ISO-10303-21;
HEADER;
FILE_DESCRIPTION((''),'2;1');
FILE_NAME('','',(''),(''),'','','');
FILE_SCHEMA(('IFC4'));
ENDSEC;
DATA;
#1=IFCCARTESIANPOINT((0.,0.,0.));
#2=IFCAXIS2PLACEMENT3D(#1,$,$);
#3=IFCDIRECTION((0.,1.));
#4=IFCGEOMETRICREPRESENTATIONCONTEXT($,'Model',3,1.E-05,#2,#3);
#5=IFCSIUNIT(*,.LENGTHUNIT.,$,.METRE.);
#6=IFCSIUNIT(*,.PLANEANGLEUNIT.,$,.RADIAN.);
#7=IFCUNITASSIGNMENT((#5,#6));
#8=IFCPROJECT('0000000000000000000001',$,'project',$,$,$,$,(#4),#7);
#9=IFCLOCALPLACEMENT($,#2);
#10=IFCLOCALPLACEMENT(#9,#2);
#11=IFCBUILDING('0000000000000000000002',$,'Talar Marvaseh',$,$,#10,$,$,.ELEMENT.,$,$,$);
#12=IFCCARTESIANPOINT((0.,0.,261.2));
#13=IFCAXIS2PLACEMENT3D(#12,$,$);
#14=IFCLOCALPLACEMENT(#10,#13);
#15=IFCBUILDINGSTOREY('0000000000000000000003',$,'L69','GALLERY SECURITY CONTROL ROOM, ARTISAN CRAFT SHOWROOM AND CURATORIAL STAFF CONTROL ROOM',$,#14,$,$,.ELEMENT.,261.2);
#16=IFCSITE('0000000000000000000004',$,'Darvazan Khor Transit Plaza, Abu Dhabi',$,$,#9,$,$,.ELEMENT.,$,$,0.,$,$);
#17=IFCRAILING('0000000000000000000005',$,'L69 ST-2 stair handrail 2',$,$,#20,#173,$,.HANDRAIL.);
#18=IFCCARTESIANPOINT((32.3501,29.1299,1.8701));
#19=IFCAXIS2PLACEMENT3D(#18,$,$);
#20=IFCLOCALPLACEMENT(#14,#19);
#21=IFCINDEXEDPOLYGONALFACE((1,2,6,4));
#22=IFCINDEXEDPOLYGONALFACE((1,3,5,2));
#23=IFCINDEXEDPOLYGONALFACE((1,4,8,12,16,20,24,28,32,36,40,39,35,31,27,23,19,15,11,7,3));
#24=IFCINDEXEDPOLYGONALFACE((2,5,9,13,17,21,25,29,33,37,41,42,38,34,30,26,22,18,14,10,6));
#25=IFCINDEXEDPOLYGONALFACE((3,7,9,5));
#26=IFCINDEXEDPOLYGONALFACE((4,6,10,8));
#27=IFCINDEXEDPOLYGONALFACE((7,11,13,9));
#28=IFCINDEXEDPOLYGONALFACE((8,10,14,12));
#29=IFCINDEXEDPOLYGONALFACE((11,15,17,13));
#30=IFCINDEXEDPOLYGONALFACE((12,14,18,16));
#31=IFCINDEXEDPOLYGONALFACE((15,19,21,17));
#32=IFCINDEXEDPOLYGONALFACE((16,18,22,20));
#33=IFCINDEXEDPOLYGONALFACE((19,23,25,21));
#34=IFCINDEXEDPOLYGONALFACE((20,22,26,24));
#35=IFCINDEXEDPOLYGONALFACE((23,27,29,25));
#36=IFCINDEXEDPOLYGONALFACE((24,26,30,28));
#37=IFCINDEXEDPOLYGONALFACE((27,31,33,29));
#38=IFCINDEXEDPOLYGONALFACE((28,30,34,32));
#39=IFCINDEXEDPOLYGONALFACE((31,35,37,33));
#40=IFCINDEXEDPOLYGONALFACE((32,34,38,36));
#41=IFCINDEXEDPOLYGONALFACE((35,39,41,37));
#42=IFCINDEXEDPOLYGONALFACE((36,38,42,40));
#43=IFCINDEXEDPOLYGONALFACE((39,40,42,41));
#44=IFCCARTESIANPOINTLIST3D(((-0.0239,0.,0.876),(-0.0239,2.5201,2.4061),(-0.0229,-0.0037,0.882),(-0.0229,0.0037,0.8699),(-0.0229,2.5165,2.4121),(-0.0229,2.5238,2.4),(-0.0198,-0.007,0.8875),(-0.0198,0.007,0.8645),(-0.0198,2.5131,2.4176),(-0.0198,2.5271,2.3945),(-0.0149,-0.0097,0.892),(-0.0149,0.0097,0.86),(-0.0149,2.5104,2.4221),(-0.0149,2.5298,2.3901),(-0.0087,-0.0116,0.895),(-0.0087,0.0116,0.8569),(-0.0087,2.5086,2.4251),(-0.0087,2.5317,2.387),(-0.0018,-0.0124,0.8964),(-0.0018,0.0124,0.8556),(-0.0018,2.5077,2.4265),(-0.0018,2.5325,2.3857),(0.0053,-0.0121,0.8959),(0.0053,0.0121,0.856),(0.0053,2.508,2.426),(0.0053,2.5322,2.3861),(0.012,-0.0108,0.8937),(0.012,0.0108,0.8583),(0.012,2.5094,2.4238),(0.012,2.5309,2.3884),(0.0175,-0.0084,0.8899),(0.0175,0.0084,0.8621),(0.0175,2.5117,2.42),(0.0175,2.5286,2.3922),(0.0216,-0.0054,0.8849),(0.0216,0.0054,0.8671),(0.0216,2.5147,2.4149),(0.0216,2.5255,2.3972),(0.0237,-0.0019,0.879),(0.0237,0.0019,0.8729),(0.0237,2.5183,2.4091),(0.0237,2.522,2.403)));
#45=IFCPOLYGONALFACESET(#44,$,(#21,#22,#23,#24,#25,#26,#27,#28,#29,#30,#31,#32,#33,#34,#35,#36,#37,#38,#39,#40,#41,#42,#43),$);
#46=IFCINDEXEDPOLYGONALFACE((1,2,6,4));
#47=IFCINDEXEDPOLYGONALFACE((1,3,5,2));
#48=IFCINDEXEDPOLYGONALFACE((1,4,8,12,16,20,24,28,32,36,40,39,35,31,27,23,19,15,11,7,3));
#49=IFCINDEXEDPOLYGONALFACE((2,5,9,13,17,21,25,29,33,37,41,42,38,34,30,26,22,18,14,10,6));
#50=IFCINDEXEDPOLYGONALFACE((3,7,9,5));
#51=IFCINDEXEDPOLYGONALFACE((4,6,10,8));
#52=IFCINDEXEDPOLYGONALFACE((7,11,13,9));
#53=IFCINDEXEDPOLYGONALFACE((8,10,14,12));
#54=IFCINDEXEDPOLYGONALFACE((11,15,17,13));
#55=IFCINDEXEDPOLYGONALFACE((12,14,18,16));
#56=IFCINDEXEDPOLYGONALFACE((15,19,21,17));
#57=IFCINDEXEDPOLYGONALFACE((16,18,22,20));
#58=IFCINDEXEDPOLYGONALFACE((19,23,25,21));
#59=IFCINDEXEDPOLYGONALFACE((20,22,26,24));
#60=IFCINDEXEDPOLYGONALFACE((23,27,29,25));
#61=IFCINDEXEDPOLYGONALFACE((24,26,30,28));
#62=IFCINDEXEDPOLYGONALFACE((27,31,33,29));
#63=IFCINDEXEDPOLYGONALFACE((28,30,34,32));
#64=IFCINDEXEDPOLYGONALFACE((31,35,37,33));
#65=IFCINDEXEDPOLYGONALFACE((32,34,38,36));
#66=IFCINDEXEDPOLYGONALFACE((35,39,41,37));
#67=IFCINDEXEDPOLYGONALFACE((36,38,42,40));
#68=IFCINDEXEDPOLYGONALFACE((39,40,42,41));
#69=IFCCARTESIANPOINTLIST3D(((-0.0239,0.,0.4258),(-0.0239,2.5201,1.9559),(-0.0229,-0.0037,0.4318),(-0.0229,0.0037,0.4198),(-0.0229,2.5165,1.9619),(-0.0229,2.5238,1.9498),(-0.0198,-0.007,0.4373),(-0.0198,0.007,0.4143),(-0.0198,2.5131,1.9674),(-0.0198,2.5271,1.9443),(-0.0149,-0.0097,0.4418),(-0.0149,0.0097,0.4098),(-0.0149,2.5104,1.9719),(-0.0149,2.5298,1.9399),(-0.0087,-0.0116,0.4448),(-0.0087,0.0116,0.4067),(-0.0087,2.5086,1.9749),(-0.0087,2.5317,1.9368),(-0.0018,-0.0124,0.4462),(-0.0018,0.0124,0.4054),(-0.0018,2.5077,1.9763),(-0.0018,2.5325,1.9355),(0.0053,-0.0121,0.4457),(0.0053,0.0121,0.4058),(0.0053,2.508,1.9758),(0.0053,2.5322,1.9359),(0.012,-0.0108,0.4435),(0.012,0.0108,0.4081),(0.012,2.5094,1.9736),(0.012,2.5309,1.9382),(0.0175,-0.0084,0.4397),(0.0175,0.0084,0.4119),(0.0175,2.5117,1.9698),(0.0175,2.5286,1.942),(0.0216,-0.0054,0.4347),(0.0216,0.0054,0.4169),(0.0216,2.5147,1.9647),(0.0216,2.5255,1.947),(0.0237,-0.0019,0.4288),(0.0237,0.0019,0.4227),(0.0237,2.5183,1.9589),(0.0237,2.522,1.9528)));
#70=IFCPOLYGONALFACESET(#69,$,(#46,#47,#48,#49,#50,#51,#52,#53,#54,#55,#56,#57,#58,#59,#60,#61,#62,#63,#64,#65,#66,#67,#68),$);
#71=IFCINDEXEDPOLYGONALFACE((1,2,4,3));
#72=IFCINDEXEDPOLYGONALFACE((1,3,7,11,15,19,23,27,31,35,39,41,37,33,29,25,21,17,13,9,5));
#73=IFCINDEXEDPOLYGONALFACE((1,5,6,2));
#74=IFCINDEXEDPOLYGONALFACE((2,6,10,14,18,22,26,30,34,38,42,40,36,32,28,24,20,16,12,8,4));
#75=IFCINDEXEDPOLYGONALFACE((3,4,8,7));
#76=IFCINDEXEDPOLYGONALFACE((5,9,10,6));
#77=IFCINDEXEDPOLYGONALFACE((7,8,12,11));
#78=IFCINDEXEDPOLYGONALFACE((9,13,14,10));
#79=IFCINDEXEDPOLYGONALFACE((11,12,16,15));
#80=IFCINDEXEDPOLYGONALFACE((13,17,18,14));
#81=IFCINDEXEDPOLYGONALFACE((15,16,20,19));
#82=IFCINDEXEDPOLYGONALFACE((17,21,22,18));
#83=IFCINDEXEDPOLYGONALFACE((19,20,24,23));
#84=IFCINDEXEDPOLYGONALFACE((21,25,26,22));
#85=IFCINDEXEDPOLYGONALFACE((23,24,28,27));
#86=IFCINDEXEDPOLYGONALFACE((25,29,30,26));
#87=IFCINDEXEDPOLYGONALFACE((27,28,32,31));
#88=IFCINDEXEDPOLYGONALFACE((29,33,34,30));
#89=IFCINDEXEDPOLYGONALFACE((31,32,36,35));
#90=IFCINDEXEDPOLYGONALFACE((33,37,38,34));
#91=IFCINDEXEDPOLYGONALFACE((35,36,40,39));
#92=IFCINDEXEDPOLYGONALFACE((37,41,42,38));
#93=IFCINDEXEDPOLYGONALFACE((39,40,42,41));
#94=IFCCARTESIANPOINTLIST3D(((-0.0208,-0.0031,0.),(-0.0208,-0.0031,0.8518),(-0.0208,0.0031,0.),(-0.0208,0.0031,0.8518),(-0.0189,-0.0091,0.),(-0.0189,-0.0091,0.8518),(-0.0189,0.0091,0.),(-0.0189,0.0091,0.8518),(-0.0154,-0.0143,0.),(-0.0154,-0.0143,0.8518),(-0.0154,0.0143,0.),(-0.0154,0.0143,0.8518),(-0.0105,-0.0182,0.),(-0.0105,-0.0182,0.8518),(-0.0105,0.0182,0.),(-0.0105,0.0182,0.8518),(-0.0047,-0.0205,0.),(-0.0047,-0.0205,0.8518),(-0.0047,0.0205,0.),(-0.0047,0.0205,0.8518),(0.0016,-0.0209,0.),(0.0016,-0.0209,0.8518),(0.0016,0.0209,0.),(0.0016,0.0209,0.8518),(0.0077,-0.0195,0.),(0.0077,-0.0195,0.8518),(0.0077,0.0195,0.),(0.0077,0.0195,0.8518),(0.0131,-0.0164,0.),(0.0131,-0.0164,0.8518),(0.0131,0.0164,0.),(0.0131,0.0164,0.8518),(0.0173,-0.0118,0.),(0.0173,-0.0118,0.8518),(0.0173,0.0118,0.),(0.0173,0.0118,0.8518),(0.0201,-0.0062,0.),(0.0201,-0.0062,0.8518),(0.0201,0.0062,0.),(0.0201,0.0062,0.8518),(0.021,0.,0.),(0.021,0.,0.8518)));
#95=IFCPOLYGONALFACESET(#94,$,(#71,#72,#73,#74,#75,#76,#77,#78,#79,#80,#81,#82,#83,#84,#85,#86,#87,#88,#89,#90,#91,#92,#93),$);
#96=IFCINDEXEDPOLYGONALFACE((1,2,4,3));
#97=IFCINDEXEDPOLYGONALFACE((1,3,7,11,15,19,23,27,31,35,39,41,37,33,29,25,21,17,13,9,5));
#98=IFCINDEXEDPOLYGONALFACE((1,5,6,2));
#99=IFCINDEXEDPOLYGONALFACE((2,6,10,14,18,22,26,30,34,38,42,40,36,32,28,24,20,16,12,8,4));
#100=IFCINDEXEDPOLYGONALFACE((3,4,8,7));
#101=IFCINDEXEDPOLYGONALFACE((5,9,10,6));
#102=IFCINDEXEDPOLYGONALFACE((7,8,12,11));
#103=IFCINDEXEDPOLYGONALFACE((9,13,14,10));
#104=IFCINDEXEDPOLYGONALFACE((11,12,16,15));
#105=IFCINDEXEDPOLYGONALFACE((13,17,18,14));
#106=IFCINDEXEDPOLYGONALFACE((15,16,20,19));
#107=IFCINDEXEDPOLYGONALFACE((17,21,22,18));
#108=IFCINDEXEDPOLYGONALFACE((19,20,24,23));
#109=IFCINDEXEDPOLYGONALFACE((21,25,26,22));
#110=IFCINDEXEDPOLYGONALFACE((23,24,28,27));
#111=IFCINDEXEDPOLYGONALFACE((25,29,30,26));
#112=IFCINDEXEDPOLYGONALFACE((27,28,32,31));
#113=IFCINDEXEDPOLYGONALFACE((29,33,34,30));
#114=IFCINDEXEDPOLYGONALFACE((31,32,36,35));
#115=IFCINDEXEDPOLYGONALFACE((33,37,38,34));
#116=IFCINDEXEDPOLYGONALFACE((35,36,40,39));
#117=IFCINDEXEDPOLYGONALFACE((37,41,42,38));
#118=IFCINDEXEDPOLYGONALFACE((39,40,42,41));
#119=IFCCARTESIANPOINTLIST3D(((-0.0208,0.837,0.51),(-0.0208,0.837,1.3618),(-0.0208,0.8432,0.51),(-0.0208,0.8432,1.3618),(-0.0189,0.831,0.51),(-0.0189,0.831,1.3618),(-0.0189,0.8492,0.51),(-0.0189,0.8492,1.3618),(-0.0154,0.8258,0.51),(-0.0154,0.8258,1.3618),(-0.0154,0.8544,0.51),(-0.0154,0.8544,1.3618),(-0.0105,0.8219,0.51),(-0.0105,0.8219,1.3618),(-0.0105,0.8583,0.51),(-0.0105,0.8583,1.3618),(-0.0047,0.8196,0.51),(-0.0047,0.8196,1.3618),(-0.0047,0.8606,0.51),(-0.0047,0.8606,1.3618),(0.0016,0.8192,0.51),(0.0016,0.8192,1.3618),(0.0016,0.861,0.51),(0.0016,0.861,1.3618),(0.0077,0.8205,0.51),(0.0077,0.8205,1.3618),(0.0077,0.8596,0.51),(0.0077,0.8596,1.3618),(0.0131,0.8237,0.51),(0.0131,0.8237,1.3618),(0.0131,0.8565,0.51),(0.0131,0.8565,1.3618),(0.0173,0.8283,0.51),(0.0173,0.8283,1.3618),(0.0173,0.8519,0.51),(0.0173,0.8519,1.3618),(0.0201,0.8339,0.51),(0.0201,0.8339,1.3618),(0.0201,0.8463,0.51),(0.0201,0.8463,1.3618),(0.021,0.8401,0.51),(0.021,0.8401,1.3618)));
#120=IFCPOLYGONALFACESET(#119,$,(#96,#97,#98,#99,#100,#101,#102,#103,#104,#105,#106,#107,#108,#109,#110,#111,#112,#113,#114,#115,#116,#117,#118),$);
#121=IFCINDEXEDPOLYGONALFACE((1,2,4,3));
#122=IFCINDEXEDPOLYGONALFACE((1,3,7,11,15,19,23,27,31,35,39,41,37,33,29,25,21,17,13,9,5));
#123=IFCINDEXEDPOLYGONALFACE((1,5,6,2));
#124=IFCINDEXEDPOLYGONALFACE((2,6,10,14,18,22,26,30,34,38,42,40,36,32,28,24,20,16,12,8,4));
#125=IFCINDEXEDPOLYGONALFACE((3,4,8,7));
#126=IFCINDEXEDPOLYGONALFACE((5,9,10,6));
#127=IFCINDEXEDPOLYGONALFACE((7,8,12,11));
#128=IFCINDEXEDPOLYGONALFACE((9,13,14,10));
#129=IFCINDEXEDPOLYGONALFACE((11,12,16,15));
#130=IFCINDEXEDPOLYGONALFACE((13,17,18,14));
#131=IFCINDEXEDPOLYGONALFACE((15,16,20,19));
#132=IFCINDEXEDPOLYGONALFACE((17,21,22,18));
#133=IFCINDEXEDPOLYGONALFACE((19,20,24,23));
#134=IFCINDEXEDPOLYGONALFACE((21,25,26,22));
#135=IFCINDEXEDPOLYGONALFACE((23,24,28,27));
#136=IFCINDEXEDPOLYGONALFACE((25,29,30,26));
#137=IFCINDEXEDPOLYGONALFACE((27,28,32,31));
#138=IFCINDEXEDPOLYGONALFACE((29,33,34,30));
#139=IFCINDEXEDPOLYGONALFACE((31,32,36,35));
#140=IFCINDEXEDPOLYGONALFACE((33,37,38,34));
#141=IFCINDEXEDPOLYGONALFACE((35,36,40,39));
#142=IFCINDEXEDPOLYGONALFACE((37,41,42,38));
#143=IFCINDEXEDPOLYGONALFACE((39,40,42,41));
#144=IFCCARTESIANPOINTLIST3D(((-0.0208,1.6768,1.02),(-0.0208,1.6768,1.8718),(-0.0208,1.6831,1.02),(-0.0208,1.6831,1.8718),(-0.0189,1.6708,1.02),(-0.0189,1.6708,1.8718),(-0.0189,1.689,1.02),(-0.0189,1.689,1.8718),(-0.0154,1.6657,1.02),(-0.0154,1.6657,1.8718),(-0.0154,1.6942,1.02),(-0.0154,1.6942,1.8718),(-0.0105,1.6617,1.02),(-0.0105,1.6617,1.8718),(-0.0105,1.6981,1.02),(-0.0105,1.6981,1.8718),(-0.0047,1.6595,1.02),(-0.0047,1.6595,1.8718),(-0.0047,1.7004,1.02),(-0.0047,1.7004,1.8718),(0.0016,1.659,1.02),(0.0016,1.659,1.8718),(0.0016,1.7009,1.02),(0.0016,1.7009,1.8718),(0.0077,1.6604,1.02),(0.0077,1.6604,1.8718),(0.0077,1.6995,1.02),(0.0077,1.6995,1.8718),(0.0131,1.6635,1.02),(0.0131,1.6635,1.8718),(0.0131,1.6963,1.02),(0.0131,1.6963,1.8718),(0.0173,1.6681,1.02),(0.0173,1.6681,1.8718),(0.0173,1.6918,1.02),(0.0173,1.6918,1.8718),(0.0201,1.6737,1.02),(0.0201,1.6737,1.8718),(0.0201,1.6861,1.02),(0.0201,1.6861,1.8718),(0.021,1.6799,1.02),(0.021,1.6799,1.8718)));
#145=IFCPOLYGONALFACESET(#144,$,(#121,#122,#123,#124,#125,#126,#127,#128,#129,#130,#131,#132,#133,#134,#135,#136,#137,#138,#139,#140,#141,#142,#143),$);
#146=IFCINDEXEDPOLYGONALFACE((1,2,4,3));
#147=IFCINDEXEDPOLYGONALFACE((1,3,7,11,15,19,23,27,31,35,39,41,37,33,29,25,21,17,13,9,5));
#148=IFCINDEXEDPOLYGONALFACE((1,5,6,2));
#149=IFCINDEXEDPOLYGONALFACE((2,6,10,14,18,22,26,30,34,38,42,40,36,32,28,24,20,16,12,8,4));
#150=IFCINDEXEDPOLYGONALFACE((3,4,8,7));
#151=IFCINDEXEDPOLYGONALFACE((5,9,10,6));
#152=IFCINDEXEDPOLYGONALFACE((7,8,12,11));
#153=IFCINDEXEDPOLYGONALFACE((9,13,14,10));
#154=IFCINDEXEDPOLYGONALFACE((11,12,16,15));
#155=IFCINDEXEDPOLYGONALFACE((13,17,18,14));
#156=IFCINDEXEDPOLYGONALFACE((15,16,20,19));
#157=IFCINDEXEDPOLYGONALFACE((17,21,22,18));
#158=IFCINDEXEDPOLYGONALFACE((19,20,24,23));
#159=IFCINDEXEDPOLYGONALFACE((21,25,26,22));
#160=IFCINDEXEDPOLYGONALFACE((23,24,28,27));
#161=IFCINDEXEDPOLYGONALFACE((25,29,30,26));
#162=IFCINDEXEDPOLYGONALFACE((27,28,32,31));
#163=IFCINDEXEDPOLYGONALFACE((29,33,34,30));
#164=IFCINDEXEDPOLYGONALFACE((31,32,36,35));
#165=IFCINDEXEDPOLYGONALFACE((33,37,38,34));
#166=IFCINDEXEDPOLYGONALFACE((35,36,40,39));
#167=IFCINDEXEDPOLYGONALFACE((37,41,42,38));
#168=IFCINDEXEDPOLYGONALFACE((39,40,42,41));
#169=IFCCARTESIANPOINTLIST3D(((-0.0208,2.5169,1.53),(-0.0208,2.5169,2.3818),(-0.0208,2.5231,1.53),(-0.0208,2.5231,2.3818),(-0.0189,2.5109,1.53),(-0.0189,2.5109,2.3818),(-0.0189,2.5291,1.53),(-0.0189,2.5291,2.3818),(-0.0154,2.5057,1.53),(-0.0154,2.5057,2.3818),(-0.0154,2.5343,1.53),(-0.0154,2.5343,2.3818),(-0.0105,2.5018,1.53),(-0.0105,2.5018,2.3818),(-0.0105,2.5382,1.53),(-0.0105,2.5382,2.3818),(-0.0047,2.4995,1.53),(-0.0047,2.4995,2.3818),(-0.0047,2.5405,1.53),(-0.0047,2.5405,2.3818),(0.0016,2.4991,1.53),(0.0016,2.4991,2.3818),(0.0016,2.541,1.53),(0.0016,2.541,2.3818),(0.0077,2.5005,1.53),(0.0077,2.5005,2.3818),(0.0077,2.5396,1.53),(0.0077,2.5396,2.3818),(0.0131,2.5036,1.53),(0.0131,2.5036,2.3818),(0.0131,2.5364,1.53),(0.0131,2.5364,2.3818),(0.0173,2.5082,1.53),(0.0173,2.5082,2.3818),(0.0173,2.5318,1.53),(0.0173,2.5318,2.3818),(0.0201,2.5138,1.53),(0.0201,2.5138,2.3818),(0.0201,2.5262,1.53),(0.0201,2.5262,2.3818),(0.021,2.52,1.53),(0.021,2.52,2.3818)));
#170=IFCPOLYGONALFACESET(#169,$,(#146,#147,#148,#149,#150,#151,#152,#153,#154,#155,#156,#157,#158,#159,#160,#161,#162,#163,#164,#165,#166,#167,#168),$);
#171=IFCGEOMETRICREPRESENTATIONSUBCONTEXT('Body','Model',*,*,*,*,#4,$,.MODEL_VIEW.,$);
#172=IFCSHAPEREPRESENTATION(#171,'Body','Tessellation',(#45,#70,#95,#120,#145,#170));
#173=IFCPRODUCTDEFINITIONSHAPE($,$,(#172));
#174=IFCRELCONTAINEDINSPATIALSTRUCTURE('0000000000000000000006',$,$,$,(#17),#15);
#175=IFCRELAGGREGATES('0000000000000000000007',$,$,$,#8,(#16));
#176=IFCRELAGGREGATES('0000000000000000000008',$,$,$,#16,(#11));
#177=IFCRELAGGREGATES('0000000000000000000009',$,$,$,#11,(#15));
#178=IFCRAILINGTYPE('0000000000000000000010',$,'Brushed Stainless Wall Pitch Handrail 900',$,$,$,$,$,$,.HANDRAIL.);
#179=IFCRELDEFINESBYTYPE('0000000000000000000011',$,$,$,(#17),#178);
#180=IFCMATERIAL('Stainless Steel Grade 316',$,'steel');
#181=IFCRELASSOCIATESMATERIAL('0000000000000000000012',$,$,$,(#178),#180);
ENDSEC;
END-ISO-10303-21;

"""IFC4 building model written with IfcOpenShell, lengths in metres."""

from ifc_helpers import new_model, si_unit, direction, frame, origin, origin_2d, place, context, subcontext, project, spatial, circle, extrude, material, type_object, element, save


model = new_model("IFC4")

# Units and contexts
model_context = context("Model", 3, precision=1e-05, world=origin(), true_north=direction((0.0, 1.0)))
body_context = subcontext(model_context, "Body", "Model", "MODEL_VIEW")
ifc_project = project(units=[si_unit("LENGTHUNIT", "METRE"), si_unit("PLANEANGLEUNIT", "RADIAN")], contexts=[model_context])

# Site, building, storey
site_placement = place(None, origin())
site = spatial("IfcSite", under=ifc_project, at=site_placement, Name="Darvazan Khor Transit Plaza, Abu Dhabi", CompositionType="ELEMENT", RefElevation=0.0)
building_placement = place(site_placement, origin())
building = spatial("IfcBuilding", under=site, at=building_placement, Name="Talar Marvaseh", CompositionType="ELEMENT")
storey_placement = place(building_placement, frame((0.0, 0.0, 261.2)))
storey = spatial("IfcBuildingStorey", under=building, at=storey_placement, Name="L69", Description="GALLERY SECURITY CONTROL ROOM, ARTISAN CRAFT SHOWROOM AND CURATORIAL STAFF CONTROL ROOM", CompositionType="ELEMENT", Elevation=261.2)

# Shared definitions
ifc_material_1 = material(Name="Stainless Steel Grade 316", Category="steel")

# Railing
railing_type_1 = type_object("IfcRailingType", Name="Brushed Stainless Wall Pitch Handrail 900", PredefinedType="HANDRAIL", material=ifc_material_1)
railing_1_placement = place(storey_placement, frame((32.3501, 29.1299, 1.8701)))
element("IfcRailing", 1, at=railing_1_placement, inside=storey, type_object=railing_type_1, Name="L69 ST-2 stair handrail 2", PredefinedType="HANDRAIL", context=body_context, shape_type="SweptSolid", body=[
    extrude(circle(Radius=0.0239, at=origin_2d()), frame((0.0, 0.0, 0.876), z_axis=(0.0, 0.854785, 0.518982), x_axis=(-1.0, 0.0, 0.0)), (0.0, 0.0, 1.0), 2.9482),
    extrude(circle(Radius=0.0239, at=origin_2d()), frame((0.0, 0.0, 0.4258), z_axis=(0.0, 0.854785, 0.518982), x_axis=(-1.0, 0.0, 0.0)), (0.0, 0.0, 1.0), 2.9482),
    extrude(circle(Radius=0.021, at=origin_2d()), origin(), (0.0, 0.0, 1.0), 0.8518),
    extrude(circle(Radius=0.021, at=origin_2d()), frame((0.0, 0.8401, 0.51)), (0.0, 0.0, 1.0), 0.8518),
    extrude(circle(Radius=0.021, at=origin_2d()), frame((0.0, 1.6799, 1.02)), (0.0, 0.0, 1.0), 0.8518),
    extrude(circle(Radius=0.021, at=origin_2d()), frame((0.0, 2.52, 1.53)), (0.0, 0.0, 1.0), 0.8518),
])

save(model, "model.ifc")
